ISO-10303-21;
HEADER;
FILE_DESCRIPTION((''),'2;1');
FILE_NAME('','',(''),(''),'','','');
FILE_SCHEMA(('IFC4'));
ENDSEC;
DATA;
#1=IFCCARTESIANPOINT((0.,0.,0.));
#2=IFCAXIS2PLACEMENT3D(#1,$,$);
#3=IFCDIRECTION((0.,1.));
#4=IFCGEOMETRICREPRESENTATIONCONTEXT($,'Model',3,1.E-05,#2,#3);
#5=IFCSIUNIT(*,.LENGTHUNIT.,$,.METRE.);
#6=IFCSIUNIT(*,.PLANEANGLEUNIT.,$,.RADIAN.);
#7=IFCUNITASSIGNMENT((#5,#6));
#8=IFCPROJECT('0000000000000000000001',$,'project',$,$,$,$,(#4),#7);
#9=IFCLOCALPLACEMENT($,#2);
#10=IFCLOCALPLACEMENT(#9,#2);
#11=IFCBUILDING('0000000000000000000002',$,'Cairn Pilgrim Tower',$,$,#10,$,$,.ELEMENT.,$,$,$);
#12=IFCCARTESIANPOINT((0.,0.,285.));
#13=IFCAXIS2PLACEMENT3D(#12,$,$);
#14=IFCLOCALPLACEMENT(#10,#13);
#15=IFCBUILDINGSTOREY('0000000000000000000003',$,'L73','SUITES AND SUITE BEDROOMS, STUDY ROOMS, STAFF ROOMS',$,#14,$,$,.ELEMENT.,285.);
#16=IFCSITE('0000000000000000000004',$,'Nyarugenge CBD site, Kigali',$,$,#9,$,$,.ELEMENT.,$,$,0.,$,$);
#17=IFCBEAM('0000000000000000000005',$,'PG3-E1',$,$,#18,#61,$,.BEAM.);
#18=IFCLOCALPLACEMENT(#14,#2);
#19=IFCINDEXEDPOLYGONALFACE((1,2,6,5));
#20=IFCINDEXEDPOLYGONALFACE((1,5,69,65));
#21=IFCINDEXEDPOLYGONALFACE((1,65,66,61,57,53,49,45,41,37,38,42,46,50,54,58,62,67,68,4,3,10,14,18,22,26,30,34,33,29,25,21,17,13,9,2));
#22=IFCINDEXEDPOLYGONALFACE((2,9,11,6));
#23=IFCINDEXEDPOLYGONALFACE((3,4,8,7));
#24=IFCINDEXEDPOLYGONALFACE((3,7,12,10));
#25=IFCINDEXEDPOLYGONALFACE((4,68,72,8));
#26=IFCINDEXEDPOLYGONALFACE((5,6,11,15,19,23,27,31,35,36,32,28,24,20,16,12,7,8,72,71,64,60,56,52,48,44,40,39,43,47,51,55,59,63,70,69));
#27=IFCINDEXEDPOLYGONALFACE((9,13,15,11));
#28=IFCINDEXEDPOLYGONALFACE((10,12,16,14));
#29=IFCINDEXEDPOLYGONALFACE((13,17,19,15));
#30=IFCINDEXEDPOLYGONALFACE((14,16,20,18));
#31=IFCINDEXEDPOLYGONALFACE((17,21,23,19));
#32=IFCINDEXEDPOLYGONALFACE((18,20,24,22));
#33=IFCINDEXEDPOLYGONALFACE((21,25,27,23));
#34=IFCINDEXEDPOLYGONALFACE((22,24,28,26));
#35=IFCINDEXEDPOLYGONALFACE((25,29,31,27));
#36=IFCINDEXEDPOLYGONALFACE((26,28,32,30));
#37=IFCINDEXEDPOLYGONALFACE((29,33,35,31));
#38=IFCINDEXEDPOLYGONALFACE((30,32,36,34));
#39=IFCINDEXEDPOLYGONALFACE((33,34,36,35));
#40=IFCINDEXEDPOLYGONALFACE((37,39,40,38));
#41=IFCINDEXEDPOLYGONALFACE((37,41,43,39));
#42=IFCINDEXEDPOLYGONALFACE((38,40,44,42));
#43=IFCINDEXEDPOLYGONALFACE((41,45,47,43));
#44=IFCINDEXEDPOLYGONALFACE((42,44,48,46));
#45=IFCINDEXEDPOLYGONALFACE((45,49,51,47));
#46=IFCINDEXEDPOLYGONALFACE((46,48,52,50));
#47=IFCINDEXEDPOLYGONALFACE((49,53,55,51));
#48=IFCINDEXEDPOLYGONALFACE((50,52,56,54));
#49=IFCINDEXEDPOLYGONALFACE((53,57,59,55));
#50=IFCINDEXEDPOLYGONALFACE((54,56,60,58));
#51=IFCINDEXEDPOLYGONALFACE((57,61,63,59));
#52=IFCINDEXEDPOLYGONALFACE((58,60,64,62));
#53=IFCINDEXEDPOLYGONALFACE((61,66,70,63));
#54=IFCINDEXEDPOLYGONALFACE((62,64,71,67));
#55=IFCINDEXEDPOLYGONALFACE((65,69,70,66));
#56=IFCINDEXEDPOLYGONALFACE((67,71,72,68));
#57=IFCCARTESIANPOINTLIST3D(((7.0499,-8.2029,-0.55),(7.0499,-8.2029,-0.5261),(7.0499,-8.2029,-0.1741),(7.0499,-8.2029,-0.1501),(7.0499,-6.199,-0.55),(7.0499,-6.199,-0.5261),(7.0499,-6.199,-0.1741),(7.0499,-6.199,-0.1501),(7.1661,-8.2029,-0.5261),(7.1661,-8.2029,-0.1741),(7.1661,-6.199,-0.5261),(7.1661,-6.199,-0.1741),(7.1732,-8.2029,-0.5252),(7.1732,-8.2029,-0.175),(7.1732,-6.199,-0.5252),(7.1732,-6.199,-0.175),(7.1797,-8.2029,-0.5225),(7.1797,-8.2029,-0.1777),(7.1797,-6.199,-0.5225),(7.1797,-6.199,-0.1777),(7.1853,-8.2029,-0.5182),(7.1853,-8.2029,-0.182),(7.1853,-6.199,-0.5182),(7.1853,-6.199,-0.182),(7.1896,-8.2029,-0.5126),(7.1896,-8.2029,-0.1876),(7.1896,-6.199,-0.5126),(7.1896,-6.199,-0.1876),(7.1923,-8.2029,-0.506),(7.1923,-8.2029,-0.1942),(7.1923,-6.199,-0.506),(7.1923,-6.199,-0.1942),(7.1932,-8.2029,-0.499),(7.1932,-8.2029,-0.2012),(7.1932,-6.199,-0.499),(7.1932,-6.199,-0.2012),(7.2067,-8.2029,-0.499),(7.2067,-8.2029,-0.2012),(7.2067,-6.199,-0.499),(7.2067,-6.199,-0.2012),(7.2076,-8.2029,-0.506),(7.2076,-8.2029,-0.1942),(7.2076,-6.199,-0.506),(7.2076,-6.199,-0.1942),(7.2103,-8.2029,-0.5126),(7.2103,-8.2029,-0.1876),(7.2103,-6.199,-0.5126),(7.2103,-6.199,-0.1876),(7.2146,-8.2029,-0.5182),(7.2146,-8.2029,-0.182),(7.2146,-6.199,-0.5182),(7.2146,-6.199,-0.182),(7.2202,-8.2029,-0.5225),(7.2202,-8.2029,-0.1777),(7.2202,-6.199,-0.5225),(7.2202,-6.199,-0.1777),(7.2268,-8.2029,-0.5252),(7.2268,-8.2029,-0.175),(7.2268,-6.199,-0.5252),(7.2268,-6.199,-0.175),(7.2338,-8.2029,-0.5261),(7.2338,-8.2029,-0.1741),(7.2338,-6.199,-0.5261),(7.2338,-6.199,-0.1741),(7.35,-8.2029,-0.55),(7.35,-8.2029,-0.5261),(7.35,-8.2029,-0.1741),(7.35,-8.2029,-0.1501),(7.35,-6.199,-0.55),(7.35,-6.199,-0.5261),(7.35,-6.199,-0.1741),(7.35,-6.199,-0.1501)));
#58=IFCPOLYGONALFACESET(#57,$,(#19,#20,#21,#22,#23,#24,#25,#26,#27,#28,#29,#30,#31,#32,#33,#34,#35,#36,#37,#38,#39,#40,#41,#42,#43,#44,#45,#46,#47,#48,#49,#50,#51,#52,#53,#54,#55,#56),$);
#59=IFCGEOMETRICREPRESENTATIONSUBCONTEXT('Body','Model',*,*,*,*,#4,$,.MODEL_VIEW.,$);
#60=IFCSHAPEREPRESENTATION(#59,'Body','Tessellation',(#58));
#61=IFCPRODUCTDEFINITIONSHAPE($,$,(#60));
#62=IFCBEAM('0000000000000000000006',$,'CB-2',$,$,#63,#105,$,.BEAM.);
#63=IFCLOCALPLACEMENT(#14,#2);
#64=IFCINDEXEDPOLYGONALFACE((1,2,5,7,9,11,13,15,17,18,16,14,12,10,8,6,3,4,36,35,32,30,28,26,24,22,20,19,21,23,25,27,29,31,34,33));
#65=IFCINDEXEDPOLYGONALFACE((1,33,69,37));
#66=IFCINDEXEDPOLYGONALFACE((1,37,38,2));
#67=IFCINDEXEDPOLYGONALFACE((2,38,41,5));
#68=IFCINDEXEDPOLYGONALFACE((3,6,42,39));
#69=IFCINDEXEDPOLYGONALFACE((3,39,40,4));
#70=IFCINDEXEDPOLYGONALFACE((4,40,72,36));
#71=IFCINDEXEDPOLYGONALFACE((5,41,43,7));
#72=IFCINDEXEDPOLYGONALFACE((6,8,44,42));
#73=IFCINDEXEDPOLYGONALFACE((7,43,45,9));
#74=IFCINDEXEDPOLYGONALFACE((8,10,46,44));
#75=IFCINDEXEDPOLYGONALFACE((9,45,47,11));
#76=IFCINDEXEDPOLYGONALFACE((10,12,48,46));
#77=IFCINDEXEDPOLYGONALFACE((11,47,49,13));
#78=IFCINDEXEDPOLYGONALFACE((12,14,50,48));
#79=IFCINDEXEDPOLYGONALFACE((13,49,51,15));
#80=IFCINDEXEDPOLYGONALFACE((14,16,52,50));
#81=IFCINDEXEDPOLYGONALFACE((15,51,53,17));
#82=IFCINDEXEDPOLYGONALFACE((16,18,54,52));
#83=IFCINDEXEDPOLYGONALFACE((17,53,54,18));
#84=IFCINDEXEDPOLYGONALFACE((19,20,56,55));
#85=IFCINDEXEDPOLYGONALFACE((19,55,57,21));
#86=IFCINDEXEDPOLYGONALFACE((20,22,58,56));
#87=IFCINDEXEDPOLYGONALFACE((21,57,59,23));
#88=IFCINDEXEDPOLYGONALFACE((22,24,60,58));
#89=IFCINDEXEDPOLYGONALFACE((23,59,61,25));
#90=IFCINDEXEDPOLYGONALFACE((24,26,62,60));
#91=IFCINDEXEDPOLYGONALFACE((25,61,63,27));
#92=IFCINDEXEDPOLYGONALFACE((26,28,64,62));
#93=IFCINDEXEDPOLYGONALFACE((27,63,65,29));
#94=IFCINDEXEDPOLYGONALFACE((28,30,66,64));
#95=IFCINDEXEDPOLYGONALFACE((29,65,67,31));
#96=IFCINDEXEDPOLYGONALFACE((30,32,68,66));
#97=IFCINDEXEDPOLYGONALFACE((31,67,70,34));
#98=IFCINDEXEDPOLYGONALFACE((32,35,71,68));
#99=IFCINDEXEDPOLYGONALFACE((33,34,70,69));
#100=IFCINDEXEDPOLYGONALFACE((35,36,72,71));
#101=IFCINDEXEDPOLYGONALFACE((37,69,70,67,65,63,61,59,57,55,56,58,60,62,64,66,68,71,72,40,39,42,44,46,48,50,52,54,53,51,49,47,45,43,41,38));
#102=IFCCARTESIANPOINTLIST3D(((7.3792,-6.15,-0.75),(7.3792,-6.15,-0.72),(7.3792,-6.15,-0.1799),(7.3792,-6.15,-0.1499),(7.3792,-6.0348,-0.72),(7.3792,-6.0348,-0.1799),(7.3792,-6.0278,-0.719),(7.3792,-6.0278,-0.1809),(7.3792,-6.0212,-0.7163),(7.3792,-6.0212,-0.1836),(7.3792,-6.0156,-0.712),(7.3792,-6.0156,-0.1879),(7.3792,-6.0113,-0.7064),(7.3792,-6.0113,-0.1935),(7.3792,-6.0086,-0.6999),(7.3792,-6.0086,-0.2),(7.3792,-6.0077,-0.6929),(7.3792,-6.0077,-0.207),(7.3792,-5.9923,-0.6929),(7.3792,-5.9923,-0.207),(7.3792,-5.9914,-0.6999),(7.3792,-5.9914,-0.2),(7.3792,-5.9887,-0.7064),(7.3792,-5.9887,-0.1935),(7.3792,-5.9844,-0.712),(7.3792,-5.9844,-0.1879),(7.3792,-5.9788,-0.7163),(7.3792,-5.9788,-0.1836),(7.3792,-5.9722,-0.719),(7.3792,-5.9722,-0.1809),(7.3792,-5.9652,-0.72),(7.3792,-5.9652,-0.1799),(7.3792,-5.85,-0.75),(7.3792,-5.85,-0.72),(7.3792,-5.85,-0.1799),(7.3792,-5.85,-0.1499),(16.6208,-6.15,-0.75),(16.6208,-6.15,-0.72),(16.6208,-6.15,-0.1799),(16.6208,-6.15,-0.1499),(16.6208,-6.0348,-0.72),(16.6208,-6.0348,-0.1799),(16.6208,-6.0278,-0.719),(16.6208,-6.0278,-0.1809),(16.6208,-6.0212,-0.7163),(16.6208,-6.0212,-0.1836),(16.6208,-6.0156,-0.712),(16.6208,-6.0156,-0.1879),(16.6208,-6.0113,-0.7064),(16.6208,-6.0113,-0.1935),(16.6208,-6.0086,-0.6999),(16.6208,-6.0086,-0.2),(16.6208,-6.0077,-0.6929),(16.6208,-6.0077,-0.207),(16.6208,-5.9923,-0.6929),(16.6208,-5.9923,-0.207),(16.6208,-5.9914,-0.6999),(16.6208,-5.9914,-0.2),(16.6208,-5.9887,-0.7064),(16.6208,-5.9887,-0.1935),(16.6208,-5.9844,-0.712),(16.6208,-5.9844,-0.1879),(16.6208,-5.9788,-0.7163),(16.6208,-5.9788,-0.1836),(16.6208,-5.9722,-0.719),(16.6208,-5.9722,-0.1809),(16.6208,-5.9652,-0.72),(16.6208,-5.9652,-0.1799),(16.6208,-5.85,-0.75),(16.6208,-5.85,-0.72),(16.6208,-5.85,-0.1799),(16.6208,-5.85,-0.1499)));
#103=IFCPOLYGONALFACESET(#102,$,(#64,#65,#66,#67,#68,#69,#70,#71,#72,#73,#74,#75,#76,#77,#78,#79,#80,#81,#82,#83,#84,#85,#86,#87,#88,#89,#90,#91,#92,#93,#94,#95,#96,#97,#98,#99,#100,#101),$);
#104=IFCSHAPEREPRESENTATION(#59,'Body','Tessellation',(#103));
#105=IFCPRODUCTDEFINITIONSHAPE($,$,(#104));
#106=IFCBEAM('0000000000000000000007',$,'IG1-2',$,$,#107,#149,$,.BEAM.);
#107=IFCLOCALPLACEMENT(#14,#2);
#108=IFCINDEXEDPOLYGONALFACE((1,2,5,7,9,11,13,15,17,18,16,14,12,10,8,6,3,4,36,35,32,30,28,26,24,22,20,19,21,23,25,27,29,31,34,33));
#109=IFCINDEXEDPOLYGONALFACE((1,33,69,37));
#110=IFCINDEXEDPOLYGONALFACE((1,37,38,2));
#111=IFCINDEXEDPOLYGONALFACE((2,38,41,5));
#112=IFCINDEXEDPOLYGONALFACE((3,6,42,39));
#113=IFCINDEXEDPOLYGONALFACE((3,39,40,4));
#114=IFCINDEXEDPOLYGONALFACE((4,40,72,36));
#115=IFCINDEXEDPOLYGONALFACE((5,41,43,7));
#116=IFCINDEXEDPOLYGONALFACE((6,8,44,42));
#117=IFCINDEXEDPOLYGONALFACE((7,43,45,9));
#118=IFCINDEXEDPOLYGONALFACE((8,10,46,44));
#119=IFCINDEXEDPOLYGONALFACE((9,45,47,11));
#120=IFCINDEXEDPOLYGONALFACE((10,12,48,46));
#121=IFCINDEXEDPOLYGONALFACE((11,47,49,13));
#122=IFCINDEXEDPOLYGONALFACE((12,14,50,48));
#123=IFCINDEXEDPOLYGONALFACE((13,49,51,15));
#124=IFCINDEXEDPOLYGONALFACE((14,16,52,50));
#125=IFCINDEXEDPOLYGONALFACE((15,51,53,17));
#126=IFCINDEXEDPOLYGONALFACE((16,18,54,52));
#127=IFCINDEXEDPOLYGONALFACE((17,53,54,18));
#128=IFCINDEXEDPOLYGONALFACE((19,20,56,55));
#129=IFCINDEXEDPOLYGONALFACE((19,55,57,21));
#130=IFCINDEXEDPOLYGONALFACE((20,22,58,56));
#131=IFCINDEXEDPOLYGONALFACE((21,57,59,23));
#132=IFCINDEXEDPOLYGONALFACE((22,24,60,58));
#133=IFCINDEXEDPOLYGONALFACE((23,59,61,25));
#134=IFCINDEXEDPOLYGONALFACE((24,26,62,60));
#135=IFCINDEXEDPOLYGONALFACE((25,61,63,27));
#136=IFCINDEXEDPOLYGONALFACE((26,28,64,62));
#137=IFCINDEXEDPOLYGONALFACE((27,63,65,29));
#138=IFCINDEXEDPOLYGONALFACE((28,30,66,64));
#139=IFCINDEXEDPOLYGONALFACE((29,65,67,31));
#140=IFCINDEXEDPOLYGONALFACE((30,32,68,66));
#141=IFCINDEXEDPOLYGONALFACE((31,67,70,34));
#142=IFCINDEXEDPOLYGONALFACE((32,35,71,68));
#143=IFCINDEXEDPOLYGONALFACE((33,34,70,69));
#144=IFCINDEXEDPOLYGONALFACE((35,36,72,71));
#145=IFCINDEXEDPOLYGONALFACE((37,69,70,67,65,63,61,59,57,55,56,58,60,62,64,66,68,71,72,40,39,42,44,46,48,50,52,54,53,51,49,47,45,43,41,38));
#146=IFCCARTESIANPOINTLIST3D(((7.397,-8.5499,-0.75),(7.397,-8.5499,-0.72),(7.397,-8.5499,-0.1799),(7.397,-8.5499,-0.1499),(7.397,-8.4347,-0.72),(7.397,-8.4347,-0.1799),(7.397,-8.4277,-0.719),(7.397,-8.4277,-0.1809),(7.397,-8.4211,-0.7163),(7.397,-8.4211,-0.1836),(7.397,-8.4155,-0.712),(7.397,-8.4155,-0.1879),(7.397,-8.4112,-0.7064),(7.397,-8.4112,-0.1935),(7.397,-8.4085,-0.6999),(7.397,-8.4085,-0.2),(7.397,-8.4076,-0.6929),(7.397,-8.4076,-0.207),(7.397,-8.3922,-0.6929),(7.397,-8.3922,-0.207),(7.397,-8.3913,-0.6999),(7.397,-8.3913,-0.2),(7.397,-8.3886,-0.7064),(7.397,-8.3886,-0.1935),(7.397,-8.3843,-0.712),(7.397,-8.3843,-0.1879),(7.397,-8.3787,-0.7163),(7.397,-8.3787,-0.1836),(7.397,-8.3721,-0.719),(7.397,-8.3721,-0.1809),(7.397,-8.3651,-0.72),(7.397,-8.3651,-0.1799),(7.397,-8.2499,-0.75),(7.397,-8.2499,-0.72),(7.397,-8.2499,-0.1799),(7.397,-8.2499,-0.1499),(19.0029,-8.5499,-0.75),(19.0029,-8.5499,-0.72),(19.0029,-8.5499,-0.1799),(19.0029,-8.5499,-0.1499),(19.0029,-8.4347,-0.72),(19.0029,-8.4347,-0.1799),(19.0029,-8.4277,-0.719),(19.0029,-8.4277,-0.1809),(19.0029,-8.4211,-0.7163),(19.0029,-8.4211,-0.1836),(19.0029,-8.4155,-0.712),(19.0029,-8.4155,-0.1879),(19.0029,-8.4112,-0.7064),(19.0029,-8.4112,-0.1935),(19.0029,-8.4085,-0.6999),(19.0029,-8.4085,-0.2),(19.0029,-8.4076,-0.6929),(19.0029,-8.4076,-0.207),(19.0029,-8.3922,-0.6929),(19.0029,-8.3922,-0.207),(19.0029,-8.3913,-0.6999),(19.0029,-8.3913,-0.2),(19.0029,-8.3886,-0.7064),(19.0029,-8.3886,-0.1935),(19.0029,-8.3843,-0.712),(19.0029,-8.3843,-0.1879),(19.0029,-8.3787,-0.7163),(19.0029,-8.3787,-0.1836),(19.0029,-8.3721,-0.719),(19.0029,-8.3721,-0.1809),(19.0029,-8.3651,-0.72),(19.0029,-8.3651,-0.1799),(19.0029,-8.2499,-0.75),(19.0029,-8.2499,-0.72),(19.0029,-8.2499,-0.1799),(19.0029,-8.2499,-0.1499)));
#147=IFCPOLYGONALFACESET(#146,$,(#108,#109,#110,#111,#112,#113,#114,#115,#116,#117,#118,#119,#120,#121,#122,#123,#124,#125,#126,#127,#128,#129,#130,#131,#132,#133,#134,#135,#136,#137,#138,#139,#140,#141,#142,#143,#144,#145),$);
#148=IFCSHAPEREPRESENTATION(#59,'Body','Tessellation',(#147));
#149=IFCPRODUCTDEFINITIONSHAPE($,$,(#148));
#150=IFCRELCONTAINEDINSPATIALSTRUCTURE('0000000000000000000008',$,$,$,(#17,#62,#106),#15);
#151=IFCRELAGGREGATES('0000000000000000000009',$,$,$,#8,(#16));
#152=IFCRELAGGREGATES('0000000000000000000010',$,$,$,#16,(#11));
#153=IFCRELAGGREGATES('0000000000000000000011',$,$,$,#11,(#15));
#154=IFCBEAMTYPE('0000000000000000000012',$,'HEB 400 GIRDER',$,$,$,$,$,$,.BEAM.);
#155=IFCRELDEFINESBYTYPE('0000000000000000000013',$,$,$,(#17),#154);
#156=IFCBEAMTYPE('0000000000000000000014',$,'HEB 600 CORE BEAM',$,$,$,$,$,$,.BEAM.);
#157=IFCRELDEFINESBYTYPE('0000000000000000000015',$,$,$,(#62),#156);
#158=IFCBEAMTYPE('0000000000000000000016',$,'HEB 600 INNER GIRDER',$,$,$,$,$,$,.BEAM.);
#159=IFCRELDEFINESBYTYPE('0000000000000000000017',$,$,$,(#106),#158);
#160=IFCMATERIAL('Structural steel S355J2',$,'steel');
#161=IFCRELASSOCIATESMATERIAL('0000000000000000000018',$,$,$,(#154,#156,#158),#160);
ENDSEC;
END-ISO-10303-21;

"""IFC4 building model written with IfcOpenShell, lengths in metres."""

from ifc_helpers import new_model, si_unit, direction, frame, origin, origin_2d, place, context, subcontext, project, spatial, i_section, extrude, material, material_profile, profile_set, type_object, element, save


model = new_model("IFC4")

# Units and contexts
model_context = context("Model", 3, precision=1e-05, world=origin(), true_north=direction((0.0, 1.0)))
body_context = subcontext(model_context, "Body", "Model", "MODEL_VIEW")
ifc_project = project(units=[si_unit("LENGTHUNIT", "METRE"), si_unit("PLANEANGLEUNIT", "RADIAN")], contexts=[model_context])

# Site, building, storey
site_placement = place(None, origin())
site = spatial("IfcSite", under=ifc_project, at=site_placement, Name="Nyarugenge CBD site, Kigali", CompositionType="ELEMENT", RefElevation=0.0)
building_placement = place(site_placement, origin())
building = spatial("IfcBuilding", under=site, at=building_placement, Name="Cairn Pilgrim Tower", CompositionType="ELEMENT")
storey_placement = place(building_placement, frame((0.0, 0.0, 285.0)))
storey = spatial("IfcBuildingStorey", under=building, at=storey_placement, Name="L73", Description="SUITES AND SUITE BEDROOMS, STUDY ROOMS, STAFF ROOMS", CompositionType="ELEMENT", Elevation=285.0)

# Shared definitions
ifc_material_1 = material(Name="Structural steel S355J2", Category="steel")

# Beams
ifc_material_profile_1 = material_profile(ifc_material_1, i_section(OverallWidth=0.3, OverallDepth=0.3999, WebThickness=0.0134, FlangeThickness=0.0239, FilletRadius=0.0271, at=origin_2d()), Name="HEB 400")
ifc_profile_set_1 = profile_set([ifc_material_profile_1], Name="Structural steel S355J2")
beam_type_1 = type_object("IfcBeamType", Name="HEB 400 GIRDER", PredefinedType="BEAM", material=ifc_profile_set_1)
beam_1_placement = place(storey_placement, frame((7.2, -8.2029, -0.3501), z_axis=(0.0, 1.0, 0.0), x_axis=(-1.0, 0.0, 0.0)))
element("IfcBeam", 1, at=beam_1_placement, inside=storey, type_object=beam_type_1, Name="PG3-E1", PredefinedType="BEAM", context=body_context, shape_type="SweptSolid", body=[
    extrude(i_section(OverallWidth=0.3, OverallDepth=0.3999, WebThickness=0.0134, FlangeThickness=0.0239, FilletRadius=0.0271, at=origin_2d()), origin(), (0.0, 0.0, 1.0), 2.0039),
])
ifc_material_profile_2 = material_profile(ifc_material_1, i_section(OverallWidth=0.3, OverallDepth=0.6001, WebThickness=0.0154, FlangeThickness=0.03, FilletRadius=0.0271, at=origin_2d()), Name="HEB 600")
ifc_profile_set_2 = profile_set([ifc_material_profile_2], Name="Structural steel S355J2")
beam_type_2 = type_object("IfcBeamType", Name="HEB 600 CORE BEAM", PredefinedType="BEAM", material=ifc_profile_set_2)
beam_2_placement = place(storey_placement, frame((7.3792, -6.0, -0.45), z_axis=(1.0, 0.0, 0.0), x_axis=(0.0, 1.0, 0.0)))
element("IfcBeam", 2, at=beam_2_placement, inside=storey, type_object=beam_type_2, Name="CB-2", PredefinedType="BEAM", context=body_context, shape_type="SweptSolid", body=[
    extrude(i_section(OverallWidth=0.3, OverallDepth=0.6001, WebThickness=0.0154, FlangeThickness=0.03, FilletRadius=0.0271, at=origin_2d()), origin(), (0.0, 0.0, 1.0), 9.2417),
])
ifc_material_profile_3 = material_profile(ifc_material_1, i_section(OverallWidth=0.3, OverallDepth=0.6001, WebThickness=0.0154, FlangeThickness=0.03, FilletRadius=0.0271, at=origin_2d()), Name="HEB 600")
ifc_profile_set_3 = profile_set([ifc_material_profile_3], Name="Structural steel S355J2")
beam_type_3 = type_object("IfcBeamType", Name="HEB 600 INNER GIRDER", PredefinedType="BEAM", material=ifc_profile_set_3)
beam_3_placement = place(storey_placement, frame((7.397, -8.3999, -0.45), z_axis=(1.0, 0.0, 0.0), x_axis=(0.0, 1.0, 0.0)))
element("IfcBeam", 3, at=beam_3_placement, inside=storey, type_object=beam_type_3, Name="IG1-2", PredefinedType="BEAM", context=body_context, shape_type="SweptSolid", body=[
    extrude(i_section(OverallWidth=0.3, OverallDepth=0.6001, WebThickness=0.0154, FlangeThickness=0.03, FilletRadius=0.0271, at=origin_2d()), origin(), (0.0, 0.0, 1.0), 11.606),
])

save(model, "model.ifc")
